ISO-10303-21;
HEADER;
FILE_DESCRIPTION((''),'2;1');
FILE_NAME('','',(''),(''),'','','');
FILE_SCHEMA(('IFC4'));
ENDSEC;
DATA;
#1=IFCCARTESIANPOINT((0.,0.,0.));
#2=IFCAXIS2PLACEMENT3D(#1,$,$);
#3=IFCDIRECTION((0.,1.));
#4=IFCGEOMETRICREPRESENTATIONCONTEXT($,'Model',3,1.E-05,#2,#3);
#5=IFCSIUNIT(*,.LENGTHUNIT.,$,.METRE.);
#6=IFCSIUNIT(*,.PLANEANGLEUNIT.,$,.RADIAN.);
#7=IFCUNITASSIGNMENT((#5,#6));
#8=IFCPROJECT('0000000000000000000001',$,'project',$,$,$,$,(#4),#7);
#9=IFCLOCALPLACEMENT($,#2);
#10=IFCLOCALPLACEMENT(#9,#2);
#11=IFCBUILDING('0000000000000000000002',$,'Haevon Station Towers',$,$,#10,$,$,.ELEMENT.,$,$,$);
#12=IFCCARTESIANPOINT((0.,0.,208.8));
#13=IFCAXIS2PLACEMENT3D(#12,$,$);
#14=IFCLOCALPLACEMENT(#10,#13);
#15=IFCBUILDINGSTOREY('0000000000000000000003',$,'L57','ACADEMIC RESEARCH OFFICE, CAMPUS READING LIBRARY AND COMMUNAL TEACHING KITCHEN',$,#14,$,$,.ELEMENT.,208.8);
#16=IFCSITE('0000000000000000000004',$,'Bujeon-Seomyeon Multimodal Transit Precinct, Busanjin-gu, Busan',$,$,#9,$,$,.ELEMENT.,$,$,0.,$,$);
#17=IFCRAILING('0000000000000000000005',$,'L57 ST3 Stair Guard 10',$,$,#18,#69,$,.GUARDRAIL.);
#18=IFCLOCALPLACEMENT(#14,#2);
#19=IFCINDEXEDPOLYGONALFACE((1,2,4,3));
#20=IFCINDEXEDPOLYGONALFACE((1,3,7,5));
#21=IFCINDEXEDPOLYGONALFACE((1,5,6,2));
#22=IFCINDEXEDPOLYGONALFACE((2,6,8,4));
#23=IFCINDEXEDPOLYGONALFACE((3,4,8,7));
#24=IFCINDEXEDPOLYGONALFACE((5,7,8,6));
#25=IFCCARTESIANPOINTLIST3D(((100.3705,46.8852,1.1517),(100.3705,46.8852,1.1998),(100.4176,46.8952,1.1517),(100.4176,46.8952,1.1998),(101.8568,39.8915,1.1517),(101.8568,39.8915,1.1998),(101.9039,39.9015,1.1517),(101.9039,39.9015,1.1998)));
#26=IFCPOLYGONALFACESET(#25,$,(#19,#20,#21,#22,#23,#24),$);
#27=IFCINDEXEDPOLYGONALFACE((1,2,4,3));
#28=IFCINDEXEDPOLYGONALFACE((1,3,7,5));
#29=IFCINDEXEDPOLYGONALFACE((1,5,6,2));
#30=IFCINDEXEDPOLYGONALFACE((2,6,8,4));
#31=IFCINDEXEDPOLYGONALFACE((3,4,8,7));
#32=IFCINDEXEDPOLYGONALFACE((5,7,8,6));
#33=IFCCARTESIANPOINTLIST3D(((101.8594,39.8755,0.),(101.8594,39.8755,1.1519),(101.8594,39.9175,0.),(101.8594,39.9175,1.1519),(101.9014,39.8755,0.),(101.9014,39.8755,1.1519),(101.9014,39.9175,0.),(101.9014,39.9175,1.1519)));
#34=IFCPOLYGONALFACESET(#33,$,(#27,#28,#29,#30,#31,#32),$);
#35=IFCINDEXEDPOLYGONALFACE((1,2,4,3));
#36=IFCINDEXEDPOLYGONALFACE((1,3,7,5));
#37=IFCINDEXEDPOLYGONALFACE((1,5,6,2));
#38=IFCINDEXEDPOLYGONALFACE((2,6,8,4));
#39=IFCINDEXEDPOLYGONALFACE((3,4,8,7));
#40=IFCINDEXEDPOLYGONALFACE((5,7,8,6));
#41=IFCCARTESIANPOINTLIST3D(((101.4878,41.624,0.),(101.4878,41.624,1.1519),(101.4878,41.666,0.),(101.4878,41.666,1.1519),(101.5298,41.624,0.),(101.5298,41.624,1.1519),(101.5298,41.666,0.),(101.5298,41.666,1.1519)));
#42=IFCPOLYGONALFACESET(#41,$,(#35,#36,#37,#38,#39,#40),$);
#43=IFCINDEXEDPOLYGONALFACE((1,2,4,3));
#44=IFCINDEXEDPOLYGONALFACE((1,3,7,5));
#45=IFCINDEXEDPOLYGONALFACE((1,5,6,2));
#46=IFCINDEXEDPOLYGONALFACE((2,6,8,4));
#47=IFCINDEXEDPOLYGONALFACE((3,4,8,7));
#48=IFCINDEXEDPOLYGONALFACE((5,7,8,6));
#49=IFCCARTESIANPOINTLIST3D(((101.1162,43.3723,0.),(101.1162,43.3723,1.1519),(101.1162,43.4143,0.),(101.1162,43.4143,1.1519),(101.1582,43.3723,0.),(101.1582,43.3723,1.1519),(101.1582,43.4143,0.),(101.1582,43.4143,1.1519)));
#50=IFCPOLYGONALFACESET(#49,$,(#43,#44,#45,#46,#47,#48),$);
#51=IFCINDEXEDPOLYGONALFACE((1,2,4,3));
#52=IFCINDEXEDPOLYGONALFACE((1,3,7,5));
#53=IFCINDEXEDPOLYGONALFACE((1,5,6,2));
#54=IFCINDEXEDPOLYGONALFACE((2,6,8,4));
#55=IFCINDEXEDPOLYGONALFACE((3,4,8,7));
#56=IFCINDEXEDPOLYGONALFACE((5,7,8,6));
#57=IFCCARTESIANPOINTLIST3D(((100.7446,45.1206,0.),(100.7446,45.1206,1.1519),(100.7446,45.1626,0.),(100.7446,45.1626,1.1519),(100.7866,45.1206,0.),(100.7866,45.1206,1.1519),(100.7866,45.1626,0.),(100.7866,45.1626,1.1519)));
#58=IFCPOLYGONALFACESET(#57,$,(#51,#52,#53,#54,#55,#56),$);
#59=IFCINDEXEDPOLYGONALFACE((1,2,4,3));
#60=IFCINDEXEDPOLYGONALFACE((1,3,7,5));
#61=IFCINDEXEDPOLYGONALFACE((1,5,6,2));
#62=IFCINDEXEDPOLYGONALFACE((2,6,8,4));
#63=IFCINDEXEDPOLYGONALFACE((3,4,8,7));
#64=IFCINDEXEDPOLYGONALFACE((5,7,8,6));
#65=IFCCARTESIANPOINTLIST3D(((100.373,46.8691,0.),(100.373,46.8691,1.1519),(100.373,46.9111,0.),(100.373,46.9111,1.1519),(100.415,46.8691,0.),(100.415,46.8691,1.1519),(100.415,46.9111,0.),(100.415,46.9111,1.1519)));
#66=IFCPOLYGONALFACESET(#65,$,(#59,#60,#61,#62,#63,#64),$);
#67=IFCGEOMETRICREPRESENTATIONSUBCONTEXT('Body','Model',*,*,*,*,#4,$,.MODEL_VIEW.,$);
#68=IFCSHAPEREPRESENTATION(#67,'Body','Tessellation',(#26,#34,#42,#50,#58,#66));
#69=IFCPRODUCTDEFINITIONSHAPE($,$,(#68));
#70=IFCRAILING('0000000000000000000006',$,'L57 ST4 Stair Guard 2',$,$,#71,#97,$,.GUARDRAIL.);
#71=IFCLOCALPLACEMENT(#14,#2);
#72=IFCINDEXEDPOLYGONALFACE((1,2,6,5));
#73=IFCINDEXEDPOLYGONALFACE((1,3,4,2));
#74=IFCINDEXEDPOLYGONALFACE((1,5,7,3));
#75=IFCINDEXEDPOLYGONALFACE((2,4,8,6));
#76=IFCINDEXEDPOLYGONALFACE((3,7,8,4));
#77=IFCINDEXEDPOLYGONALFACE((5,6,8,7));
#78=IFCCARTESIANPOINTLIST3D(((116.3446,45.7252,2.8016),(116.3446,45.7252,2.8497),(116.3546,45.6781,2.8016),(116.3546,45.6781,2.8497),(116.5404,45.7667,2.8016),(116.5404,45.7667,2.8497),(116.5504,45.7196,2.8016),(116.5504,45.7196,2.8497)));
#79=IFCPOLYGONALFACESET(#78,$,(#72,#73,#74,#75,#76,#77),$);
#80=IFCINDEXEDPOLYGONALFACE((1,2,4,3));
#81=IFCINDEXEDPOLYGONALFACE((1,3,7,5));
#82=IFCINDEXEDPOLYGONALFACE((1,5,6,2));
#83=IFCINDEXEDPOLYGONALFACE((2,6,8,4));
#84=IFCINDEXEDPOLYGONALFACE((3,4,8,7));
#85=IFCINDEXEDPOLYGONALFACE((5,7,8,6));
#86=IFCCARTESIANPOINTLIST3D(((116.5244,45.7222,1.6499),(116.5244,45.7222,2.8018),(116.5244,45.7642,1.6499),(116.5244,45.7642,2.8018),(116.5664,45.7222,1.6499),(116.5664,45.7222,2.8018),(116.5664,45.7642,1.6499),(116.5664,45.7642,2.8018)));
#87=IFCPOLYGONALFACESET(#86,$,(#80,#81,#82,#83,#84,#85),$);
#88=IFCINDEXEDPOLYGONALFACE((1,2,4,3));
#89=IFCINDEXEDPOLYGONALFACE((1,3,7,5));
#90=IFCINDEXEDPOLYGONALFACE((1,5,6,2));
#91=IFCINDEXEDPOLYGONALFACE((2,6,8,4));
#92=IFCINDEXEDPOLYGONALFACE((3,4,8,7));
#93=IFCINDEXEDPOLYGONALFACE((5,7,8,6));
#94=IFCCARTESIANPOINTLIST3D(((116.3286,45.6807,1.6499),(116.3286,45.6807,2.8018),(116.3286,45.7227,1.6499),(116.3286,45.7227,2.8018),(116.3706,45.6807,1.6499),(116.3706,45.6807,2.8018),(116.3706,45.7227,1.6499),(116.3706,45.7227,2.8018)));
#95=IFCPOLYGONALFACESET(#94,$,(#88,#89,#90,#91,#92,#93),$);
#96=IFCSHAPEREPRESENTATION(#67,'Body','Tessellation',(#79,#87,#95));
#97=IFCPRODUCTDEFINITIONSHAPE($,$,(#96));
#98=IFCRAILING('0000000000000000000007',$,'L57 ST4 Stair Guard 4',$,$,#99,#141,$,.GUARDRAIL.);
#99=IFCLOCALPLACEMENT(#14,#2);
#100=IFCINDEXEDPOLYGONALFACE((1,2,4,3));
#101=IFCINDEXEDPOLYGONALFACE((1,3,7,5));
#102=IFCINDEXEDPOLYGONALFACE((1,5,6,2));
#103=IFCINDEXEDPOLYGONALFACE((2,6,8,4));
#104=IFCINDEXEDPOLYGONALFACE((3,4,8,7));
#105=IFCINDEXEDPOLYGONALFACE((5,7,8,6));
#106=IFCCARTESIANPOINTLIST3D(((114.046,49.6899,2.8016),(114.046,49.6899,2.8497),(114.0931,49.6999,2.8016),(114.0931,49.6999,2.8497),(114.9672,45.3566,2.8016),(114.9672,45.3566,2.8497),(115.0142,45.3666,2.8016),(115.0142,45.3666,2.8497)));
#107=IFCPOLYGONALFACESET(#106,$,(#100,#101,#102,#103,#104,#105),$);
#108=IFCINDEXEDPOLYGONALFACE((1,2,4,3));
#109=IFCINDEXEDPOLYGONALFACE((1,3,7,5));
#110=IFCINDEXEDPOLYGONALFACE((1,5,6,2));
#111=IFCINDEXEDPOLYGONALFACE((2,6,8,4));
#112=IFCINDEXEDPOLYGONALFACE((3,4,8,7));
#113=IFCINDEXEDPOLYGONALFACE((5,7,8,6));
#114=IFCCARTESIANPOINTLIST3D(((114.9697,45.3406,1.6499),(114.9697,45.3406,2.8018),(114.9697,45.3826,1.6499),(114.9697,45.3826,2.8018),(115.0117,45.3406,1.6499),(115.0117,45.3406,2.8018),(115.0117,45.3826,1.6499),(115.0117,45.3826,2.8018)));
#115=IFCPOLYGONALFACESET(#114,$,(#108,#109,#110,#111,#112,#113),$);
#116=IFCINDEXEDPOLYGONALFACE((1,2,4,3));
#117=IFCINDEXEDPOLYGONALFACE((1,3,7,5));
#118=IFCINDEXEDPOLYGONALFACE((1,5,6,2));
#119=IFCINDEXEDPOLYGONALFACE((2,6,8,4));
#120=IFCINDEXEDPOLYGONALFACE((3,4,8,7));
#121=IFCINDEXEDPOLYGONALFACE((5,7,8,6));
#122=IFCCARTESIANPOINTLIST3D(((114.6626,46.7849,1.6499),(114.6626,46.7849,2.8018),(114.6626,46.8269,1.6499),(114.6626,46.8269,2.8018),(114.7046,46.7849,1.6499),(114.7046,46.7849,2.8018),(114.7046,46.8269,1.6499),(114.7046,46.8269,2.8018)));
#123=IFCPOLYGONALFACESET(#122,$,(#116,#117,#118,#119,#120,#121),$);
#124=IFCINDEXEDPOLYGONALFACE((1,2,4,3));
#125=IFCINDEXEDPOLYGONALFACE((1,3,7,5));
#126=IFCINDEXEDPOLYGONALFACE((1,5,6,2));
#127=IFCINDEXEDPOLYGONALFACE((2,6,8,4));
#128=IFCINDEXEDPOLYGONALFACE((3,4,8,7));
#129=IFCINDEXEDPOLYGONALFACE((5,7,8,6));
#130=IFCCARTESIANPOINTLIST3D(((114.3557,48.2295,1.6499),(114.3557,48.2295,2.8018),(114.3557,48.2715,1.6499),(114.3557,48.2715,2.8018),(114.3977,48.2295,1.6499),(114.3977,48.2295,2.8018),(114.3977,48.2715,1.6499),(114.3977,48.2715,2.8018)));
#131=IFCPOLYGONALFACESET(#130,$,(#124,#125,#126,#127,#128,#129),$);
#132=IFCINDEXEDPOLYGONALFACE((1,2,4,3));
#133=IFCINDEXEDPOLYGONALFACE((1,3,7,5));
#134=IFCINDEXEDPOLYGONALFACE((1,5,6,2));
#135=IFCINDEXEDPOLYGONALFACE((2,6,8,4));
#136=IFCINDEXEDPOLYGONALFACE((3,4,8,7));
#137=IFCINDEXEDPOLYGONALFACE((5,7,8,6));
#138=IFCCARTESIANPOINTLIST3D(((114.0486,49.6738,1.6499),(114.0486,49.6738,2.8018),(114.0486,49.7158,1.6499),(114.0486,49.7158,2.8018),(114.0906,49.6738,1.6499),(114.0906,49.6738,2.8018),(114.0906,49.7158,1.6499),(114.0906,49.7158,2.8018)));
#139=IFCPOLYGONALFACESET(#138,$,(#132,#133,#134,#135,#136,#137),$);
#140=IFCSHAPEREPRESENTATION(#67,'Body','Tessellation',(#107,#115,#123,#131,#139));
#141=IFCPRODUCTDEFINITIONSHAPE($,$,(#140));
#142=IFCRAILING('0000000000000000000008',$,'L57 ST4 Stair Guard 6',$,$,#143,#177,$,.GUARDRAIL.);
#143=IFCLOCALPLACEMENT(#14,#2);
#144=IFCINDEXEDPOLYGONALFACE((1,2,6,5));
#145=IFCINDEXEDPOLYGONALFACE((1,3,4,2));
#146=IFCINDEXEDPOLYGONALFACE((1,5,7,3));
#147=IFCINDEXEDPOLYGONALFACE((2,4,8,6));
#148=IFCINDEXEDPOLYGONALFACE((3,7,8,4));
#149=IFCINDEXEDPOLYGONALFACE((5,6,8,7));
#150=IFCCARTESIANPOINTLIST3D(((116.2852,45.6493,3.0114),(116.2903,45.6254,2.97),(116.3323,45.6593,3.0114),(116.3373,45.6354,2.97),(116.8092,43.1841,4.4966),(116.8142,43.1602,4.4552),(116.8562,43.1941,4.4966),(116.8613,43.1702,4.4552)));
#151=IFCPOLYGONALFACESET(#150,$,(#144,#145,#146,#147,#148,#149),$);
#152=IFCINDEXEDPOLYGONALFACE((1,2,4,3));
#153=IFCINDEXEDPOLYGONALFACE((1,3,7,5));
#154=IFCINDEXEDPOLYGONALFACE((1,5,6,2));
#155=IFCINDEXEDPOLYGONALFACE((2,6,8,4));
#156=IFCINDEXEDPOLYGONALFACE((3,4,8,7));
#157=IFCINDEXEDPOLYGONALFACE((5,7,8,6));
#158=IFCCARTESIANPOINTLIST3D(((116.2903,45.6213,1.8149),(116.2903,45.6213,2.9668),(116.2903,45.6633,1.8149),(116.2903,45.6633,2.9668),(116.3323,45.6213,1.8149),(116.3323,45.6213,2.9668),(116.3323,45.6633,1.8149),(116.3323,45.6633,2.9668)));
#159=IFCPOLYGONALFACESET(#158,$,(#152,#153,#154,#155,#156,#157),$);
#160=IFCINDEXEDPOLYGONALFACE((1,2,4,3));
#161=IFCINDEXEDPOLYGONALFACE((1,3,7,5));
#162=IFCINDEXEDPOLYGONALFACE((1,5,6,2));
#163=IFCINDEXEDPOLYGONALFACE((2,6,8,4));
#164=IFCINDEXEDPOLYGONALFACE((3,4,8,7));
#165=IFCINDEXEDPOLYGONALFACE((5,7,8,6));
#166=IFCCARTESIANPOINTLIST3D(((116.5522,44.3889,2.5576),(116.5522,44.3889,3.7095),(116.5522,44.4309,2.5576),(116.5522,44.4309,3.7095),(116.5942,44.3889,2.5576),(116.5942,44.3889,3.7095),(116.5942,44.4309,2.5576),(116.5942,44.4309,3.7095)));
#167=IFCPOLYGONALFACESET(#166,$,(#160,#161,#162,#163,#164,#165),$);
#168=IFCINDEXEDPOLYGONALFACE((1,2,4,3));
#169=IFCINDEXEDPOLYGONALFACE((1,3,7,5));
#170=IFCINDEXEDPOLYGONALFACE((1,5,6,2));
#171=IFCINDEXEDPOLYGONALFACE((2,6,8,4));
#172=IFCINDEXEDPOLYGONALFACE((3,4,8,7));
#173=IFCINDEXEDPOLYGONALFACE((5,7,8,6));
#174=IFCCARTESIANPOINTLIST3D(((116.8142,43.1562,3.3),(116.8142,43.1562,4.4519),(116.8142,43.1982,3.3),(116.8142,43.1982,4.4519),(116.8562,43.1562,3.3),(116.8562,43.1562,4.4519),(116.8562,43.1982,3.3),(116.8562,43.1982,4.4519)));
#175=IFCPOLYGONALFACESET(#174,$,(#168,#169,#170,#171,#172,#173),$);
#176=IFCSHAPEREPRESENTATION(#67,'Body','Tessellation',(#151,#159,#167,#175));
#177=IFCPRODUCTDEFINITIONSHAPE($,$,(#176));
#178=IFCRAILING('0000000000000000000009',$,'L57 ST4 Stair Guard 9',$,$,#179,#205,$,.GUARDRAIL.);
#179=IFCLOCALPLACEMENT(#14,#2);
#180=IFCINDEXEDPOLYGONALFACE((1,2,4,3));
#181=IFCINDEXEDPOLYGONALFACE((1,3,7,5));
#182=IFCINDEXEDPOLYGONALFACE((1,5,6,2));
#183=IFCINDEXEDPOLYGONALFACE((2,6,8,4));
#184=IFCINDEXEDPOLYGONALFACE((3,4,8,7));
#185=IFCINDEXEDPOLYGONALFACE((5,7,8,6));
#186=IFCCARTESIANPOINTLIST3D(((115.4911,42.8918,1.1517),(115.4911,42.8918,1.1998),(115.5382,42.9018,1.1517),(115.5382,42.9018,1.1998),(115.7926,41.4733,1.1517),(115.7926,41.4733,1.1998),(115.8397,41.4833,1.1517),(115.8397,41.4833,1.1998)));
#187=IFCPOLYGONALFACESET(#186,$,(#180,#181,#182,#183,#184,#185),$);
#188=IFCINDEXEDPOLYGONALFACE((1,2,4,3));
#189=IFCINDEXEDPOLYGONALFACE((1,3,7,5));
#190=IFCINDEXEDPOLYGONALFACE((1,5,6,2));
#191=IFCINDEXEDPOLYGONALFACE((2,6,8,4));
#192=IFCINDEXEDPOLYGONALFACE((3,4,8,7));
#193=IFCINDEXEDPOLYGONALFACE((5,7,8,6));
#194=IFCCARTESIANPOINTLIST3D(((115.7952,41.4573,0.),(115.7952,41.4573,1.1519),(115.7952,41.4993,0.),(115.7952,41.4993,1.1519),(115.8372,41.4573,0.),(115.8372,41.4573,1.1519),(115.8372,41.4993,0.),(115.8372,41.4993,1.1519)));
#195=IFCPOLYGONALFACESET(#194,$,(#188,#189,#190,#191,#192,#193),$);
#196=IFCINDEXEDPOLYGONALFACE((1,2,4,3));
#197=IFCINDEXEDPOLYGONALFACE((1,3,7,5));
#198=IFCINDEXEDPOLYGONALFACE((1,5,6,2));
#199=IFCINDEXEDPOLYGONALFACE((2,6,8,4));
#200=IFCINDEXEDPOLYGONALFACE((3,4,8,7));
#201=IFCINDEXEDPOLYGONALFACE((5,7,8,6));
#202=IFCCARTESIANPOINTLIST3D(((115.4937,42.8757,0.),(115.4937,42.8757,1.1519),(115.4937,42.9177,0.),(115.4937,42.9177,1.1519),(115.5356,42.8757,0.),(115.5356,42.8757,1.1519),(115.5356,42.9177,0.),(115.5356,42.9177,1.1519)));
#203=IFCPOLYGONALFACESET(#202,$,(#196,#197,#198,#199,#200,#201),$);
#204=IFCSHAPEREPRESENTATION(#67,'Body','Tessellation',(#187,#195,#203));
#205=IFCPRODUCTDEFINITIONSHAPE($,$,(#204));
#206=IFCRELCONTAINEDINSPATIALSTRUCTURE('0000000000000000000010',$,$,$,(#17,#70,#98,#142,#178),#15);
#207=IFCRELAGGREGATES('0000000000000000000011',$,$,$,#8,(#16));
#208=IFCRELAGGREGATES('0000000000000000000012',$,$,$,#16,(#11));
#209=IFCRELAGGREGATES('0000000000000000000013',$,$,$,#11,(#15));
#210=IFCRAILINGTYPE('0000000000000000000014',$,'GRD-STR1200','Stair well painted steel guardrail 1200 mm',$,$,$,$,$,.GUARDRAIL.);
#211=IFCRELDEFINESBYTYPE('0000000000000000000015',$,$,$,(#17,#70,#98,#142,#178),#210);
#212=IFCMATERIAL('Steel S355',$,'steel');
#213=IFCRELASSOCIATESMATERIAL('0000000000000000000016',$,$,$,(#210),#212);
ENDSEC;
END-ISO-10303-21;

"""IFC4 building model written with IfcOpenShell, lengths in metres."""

from ifc_helpers import new_model, si_unit, direction, frame, origin, origin_2d, place, context, subcontext, project, spatial, rectangle, extrude, material, type_object, element, save


model = new_model("IFC4")

# Units and contexts
model_context = context("Model", 3, precision=1e-05, world=origin(), true_north=direction((0.0, 1.0)))
body_context = subcontext(model_context, "Body", "Model", "MODEL_VIEW")
ifc_project = project(units=[si_unit("LENGTHUNIT", "METRE"), si_unit("PLANEANGLEUNIT", "RADIAN")], contexts=[model_context])

# Site, building, storey
site_placement = place(None, origin())
site = spatial("IfcSite", under=ifc_project, at=site_placement, Name="Bujeon-Seomyeon Multimodal Transit Precinct, Busanjin-gu, Busan", CompositionType="ELEMENT", RefElevation=0.0)
building_placement = place(site_placement, origin())
building = spatial("IfcBuilding", under=site, at=building_placement, Name="Haevon Station Towers", CompositionType="ELEMENT")
storey_placement = place(building_placement, frame((0.0, 0.0, 208.8)))
storey = spatial("IfcBuildingStorey", under=building, at=storey_placement, Name="L57", Description="ACADEMIC RESEARCH OFFICE, CAMPUS READING LIBRARY AND COMMUNAL TEACHING KITCHEN", CompositionType="ELEMENT", Elevation=208.8)

# Shared definitions
ifc_material_1 = material(Name="Steel S355", Category="steel")

# Railings
railing_type_1 = type_object("IfcRailingType", Name="GRD-STR1200", Description="Stair well painted steel guardrail 1200 mm", PredefinedType="GUARDRAIL", material=ifc_material_1)
railing_1_placement = place(storey_placement, frame((101.8804, 39.8965, 0.0)))
element("IfcRailing", 1, at=railing_1_placement, inside=storey, type_object=railing_type_1, Name="L57 ST3 Stair Guard 10", PredefinedType="GUARDRAIL", context=body_context, shape_type="SweptSolid", body=[
    extrude(rectangle(XDim=0.0481, YDim=0.0481, at=origin_2d()), frame((0.0, 0.0, 1.1758), z_axis=(-0.207882, 0.978154, 0.0), x_axis=(-0.978154, -0.207882, 0.0)), (0.0, 0.0, 1.0), 7.1499),
    extrude(rectangle(XDim=0.042, YDim=0.042, at=origin_2d()), origin(), (0.0, 0.0, 1.0), 1.1519),
    extrude(rectangle(XDim=0.042, YDim=0.042, at=origin_2d()), frame((-0.3716, 1.7485, 0.0)), (0.0, 0.0, 1.0), 1.1519),
    extrude(rectangle(XDim=0.042, YDim=0.042, at=origin_2d()), frame((-0.7432, 3.4968, 0.0)), (0.0, 0.0, 1.0), 1.1519),
    extrude(rectangle(XDim=0.042, YDim=0.042, at=origin_2d()), frame((-1.1147, 5.2451, 0.0)), (0.0, 0.0, 1.0), 1.1519),
    extrude(rectangle(XDim=0.042, YDim=0.042, at=origin_2d()), frame((-1.4863, 6.9937, 0.0)), (0.0, 0.0, 1.0), 1.1519),
])
railing_2_placement = place(storey_placement, frame((116.5454, 45.7432, 1.6499)))
element("IfcRailing", 2, at=railing_2_placement, inside=storey, type_object=railing_type_1, Name="L57 ST4 Stair Guard 2", PredefinedType="GUARDRAIL", context=body_context, shape_type="SweptSolid", body=[
    extrude(rectangle(XDim=0.0481, YDim=0.0481, at=origin_2d()), frame((0.0, 0.0, 1.1758), z_axis=(-0.978264, -0.207363, 0.0), x_axis=(0.207363, -0.978264, 0.0)), (0.0, 0.0, 1.0), 0.2002),
    extrude(rectangle(XDim=0.042, YDim=0.042, at=origin_2d()), origin(), (0.0, 0.0, 1.0), 1.1519),
    extrude(rectangle(XDim=0.042, YDim=0.042, at=origin_2d()), frame((-0.1958, -0.0415, 0.0)), (0.0, 0.0, 1.0), 1.1519),
])
railing_3_placement = place(storey_placement, frame((114.9907, 45.3616, 1.6499)))
element("IfcRailing", 3, at=railing_3_placement, inside=storey, type_object=railing_type_1, Name="L57 ST4 Stair Guard 4", PredefinedType="GUARDRAIL", context=body_context, shape_type="SweptSolid", body=[
    extrude(rectangle(XDim=0.0481, YDim=0.0481, at=origin_2d()), frame((0.0, 0.0, 1.1758), z_axis=(-0.207929, 0.978144, 0.0), x_axis=(-0.978144, -0.207929, 0.0)), (0.0, 0.0, 1.0), 4.4302),
    extrude(rectangle(XDim=0.042, YDim=0.042, at=origin_2d()), origin(), (0.0, 0.0, 1.0), 1.1519),
    extrude(rectangle(XDim=0.042, YDim=0.042, at=origin_2d()), frame((-0.3071, 1.4443, 0.0)), (0.0, 0.0, 1.0), 1.1519),
    extrude(rectangle(XDim=0.042, YDim=0.042, at=origin_2d()), frame((-0.614, 2.8889, 0.0)), (0.0, 0.0, 1.0), 1.1519),
    extrude(rectangle(XDim=0.042, YDim=0.042, at=origin_2d()), frame((-0.9211, 4.3333, 0.0)), (0.0, 0.0, 1.0), 1.1519),
])
railing_4_placement = place(storey_placement, frame((116.3113, 45.6423, 1.8149)))
element("IfcRailing", 4, at=railing_4_placement, inside=storey, type_object=railing_type_1, Name="L57 ST4 Stair Guard 6", PredefinedType="GUARDRAIL", context=body_context, shape_type="SweptSolid", body=[
    extrude(rectangle(XDim=0.0481, YDim=0.0481, at=origin_2d()), frame((0.0, 0.0, 1.1758), z_axis=(0.179109, -0.842712, 0.507697), x_axis=(0.978151, 0.207895, 0.0)), (0.0, 0.0, 1.0), 2.9253),
    extrude(rectangle(XDim=0.042, YDim=0.042, at=origin_2d()), origin(), (0.0, 0.0, 1.0), 1.1519),
    extrude(rectangle(XDim=0.042, YDim=0.042, at=origin_2d()), frame((0.262, -1.2324, 0.7427)), (0.0, 0.0, 1.0), 1.1519),
    extrude(rectangle(XDim=0.042, YDim=0.042, at=origin_2d()), frame((0.5239, -2.4651, 1.4851)), (0.0, 0.0, 1.0), 1.1519),
])
railing_5_placement = place(storey_placement, frame((115.8162, 41.4783, 0.0)))
element("IfcRailing", 5, at=railing_5_placement, inside=storey, type_object=railing_type_1, Name="L57 ST4 Stair Guard 9", PredefinedType="GUARDRAIL", context=body_context, shape_type="SweptSolid", body=[
    extrude(rectangle(XDim=0.0481, YDim=0.0481, at=origin_2d()), frame((0.0, 0.0, 1.1758), z_axis=(-0.207919, 0.978146, 0.0), x_axis=(-0.978146, -0.207919, 0.0)), (0.0, 0.0, 1.0), 1.4502),
    extrude(rectangle(XDim=0.042, YDim=0.042, at=origin_2d()), origin(), (0.0, 0.0, 1.0), 1.1519),
    extrude(rectangle(XDim=0.042, YDim=0.042, at=origin_2d()), frame((-0.3015, 1.4185, 0.0)), (0.0, 0.0, 1.0), 1.1519),
])

save(model, "model.ifc")
